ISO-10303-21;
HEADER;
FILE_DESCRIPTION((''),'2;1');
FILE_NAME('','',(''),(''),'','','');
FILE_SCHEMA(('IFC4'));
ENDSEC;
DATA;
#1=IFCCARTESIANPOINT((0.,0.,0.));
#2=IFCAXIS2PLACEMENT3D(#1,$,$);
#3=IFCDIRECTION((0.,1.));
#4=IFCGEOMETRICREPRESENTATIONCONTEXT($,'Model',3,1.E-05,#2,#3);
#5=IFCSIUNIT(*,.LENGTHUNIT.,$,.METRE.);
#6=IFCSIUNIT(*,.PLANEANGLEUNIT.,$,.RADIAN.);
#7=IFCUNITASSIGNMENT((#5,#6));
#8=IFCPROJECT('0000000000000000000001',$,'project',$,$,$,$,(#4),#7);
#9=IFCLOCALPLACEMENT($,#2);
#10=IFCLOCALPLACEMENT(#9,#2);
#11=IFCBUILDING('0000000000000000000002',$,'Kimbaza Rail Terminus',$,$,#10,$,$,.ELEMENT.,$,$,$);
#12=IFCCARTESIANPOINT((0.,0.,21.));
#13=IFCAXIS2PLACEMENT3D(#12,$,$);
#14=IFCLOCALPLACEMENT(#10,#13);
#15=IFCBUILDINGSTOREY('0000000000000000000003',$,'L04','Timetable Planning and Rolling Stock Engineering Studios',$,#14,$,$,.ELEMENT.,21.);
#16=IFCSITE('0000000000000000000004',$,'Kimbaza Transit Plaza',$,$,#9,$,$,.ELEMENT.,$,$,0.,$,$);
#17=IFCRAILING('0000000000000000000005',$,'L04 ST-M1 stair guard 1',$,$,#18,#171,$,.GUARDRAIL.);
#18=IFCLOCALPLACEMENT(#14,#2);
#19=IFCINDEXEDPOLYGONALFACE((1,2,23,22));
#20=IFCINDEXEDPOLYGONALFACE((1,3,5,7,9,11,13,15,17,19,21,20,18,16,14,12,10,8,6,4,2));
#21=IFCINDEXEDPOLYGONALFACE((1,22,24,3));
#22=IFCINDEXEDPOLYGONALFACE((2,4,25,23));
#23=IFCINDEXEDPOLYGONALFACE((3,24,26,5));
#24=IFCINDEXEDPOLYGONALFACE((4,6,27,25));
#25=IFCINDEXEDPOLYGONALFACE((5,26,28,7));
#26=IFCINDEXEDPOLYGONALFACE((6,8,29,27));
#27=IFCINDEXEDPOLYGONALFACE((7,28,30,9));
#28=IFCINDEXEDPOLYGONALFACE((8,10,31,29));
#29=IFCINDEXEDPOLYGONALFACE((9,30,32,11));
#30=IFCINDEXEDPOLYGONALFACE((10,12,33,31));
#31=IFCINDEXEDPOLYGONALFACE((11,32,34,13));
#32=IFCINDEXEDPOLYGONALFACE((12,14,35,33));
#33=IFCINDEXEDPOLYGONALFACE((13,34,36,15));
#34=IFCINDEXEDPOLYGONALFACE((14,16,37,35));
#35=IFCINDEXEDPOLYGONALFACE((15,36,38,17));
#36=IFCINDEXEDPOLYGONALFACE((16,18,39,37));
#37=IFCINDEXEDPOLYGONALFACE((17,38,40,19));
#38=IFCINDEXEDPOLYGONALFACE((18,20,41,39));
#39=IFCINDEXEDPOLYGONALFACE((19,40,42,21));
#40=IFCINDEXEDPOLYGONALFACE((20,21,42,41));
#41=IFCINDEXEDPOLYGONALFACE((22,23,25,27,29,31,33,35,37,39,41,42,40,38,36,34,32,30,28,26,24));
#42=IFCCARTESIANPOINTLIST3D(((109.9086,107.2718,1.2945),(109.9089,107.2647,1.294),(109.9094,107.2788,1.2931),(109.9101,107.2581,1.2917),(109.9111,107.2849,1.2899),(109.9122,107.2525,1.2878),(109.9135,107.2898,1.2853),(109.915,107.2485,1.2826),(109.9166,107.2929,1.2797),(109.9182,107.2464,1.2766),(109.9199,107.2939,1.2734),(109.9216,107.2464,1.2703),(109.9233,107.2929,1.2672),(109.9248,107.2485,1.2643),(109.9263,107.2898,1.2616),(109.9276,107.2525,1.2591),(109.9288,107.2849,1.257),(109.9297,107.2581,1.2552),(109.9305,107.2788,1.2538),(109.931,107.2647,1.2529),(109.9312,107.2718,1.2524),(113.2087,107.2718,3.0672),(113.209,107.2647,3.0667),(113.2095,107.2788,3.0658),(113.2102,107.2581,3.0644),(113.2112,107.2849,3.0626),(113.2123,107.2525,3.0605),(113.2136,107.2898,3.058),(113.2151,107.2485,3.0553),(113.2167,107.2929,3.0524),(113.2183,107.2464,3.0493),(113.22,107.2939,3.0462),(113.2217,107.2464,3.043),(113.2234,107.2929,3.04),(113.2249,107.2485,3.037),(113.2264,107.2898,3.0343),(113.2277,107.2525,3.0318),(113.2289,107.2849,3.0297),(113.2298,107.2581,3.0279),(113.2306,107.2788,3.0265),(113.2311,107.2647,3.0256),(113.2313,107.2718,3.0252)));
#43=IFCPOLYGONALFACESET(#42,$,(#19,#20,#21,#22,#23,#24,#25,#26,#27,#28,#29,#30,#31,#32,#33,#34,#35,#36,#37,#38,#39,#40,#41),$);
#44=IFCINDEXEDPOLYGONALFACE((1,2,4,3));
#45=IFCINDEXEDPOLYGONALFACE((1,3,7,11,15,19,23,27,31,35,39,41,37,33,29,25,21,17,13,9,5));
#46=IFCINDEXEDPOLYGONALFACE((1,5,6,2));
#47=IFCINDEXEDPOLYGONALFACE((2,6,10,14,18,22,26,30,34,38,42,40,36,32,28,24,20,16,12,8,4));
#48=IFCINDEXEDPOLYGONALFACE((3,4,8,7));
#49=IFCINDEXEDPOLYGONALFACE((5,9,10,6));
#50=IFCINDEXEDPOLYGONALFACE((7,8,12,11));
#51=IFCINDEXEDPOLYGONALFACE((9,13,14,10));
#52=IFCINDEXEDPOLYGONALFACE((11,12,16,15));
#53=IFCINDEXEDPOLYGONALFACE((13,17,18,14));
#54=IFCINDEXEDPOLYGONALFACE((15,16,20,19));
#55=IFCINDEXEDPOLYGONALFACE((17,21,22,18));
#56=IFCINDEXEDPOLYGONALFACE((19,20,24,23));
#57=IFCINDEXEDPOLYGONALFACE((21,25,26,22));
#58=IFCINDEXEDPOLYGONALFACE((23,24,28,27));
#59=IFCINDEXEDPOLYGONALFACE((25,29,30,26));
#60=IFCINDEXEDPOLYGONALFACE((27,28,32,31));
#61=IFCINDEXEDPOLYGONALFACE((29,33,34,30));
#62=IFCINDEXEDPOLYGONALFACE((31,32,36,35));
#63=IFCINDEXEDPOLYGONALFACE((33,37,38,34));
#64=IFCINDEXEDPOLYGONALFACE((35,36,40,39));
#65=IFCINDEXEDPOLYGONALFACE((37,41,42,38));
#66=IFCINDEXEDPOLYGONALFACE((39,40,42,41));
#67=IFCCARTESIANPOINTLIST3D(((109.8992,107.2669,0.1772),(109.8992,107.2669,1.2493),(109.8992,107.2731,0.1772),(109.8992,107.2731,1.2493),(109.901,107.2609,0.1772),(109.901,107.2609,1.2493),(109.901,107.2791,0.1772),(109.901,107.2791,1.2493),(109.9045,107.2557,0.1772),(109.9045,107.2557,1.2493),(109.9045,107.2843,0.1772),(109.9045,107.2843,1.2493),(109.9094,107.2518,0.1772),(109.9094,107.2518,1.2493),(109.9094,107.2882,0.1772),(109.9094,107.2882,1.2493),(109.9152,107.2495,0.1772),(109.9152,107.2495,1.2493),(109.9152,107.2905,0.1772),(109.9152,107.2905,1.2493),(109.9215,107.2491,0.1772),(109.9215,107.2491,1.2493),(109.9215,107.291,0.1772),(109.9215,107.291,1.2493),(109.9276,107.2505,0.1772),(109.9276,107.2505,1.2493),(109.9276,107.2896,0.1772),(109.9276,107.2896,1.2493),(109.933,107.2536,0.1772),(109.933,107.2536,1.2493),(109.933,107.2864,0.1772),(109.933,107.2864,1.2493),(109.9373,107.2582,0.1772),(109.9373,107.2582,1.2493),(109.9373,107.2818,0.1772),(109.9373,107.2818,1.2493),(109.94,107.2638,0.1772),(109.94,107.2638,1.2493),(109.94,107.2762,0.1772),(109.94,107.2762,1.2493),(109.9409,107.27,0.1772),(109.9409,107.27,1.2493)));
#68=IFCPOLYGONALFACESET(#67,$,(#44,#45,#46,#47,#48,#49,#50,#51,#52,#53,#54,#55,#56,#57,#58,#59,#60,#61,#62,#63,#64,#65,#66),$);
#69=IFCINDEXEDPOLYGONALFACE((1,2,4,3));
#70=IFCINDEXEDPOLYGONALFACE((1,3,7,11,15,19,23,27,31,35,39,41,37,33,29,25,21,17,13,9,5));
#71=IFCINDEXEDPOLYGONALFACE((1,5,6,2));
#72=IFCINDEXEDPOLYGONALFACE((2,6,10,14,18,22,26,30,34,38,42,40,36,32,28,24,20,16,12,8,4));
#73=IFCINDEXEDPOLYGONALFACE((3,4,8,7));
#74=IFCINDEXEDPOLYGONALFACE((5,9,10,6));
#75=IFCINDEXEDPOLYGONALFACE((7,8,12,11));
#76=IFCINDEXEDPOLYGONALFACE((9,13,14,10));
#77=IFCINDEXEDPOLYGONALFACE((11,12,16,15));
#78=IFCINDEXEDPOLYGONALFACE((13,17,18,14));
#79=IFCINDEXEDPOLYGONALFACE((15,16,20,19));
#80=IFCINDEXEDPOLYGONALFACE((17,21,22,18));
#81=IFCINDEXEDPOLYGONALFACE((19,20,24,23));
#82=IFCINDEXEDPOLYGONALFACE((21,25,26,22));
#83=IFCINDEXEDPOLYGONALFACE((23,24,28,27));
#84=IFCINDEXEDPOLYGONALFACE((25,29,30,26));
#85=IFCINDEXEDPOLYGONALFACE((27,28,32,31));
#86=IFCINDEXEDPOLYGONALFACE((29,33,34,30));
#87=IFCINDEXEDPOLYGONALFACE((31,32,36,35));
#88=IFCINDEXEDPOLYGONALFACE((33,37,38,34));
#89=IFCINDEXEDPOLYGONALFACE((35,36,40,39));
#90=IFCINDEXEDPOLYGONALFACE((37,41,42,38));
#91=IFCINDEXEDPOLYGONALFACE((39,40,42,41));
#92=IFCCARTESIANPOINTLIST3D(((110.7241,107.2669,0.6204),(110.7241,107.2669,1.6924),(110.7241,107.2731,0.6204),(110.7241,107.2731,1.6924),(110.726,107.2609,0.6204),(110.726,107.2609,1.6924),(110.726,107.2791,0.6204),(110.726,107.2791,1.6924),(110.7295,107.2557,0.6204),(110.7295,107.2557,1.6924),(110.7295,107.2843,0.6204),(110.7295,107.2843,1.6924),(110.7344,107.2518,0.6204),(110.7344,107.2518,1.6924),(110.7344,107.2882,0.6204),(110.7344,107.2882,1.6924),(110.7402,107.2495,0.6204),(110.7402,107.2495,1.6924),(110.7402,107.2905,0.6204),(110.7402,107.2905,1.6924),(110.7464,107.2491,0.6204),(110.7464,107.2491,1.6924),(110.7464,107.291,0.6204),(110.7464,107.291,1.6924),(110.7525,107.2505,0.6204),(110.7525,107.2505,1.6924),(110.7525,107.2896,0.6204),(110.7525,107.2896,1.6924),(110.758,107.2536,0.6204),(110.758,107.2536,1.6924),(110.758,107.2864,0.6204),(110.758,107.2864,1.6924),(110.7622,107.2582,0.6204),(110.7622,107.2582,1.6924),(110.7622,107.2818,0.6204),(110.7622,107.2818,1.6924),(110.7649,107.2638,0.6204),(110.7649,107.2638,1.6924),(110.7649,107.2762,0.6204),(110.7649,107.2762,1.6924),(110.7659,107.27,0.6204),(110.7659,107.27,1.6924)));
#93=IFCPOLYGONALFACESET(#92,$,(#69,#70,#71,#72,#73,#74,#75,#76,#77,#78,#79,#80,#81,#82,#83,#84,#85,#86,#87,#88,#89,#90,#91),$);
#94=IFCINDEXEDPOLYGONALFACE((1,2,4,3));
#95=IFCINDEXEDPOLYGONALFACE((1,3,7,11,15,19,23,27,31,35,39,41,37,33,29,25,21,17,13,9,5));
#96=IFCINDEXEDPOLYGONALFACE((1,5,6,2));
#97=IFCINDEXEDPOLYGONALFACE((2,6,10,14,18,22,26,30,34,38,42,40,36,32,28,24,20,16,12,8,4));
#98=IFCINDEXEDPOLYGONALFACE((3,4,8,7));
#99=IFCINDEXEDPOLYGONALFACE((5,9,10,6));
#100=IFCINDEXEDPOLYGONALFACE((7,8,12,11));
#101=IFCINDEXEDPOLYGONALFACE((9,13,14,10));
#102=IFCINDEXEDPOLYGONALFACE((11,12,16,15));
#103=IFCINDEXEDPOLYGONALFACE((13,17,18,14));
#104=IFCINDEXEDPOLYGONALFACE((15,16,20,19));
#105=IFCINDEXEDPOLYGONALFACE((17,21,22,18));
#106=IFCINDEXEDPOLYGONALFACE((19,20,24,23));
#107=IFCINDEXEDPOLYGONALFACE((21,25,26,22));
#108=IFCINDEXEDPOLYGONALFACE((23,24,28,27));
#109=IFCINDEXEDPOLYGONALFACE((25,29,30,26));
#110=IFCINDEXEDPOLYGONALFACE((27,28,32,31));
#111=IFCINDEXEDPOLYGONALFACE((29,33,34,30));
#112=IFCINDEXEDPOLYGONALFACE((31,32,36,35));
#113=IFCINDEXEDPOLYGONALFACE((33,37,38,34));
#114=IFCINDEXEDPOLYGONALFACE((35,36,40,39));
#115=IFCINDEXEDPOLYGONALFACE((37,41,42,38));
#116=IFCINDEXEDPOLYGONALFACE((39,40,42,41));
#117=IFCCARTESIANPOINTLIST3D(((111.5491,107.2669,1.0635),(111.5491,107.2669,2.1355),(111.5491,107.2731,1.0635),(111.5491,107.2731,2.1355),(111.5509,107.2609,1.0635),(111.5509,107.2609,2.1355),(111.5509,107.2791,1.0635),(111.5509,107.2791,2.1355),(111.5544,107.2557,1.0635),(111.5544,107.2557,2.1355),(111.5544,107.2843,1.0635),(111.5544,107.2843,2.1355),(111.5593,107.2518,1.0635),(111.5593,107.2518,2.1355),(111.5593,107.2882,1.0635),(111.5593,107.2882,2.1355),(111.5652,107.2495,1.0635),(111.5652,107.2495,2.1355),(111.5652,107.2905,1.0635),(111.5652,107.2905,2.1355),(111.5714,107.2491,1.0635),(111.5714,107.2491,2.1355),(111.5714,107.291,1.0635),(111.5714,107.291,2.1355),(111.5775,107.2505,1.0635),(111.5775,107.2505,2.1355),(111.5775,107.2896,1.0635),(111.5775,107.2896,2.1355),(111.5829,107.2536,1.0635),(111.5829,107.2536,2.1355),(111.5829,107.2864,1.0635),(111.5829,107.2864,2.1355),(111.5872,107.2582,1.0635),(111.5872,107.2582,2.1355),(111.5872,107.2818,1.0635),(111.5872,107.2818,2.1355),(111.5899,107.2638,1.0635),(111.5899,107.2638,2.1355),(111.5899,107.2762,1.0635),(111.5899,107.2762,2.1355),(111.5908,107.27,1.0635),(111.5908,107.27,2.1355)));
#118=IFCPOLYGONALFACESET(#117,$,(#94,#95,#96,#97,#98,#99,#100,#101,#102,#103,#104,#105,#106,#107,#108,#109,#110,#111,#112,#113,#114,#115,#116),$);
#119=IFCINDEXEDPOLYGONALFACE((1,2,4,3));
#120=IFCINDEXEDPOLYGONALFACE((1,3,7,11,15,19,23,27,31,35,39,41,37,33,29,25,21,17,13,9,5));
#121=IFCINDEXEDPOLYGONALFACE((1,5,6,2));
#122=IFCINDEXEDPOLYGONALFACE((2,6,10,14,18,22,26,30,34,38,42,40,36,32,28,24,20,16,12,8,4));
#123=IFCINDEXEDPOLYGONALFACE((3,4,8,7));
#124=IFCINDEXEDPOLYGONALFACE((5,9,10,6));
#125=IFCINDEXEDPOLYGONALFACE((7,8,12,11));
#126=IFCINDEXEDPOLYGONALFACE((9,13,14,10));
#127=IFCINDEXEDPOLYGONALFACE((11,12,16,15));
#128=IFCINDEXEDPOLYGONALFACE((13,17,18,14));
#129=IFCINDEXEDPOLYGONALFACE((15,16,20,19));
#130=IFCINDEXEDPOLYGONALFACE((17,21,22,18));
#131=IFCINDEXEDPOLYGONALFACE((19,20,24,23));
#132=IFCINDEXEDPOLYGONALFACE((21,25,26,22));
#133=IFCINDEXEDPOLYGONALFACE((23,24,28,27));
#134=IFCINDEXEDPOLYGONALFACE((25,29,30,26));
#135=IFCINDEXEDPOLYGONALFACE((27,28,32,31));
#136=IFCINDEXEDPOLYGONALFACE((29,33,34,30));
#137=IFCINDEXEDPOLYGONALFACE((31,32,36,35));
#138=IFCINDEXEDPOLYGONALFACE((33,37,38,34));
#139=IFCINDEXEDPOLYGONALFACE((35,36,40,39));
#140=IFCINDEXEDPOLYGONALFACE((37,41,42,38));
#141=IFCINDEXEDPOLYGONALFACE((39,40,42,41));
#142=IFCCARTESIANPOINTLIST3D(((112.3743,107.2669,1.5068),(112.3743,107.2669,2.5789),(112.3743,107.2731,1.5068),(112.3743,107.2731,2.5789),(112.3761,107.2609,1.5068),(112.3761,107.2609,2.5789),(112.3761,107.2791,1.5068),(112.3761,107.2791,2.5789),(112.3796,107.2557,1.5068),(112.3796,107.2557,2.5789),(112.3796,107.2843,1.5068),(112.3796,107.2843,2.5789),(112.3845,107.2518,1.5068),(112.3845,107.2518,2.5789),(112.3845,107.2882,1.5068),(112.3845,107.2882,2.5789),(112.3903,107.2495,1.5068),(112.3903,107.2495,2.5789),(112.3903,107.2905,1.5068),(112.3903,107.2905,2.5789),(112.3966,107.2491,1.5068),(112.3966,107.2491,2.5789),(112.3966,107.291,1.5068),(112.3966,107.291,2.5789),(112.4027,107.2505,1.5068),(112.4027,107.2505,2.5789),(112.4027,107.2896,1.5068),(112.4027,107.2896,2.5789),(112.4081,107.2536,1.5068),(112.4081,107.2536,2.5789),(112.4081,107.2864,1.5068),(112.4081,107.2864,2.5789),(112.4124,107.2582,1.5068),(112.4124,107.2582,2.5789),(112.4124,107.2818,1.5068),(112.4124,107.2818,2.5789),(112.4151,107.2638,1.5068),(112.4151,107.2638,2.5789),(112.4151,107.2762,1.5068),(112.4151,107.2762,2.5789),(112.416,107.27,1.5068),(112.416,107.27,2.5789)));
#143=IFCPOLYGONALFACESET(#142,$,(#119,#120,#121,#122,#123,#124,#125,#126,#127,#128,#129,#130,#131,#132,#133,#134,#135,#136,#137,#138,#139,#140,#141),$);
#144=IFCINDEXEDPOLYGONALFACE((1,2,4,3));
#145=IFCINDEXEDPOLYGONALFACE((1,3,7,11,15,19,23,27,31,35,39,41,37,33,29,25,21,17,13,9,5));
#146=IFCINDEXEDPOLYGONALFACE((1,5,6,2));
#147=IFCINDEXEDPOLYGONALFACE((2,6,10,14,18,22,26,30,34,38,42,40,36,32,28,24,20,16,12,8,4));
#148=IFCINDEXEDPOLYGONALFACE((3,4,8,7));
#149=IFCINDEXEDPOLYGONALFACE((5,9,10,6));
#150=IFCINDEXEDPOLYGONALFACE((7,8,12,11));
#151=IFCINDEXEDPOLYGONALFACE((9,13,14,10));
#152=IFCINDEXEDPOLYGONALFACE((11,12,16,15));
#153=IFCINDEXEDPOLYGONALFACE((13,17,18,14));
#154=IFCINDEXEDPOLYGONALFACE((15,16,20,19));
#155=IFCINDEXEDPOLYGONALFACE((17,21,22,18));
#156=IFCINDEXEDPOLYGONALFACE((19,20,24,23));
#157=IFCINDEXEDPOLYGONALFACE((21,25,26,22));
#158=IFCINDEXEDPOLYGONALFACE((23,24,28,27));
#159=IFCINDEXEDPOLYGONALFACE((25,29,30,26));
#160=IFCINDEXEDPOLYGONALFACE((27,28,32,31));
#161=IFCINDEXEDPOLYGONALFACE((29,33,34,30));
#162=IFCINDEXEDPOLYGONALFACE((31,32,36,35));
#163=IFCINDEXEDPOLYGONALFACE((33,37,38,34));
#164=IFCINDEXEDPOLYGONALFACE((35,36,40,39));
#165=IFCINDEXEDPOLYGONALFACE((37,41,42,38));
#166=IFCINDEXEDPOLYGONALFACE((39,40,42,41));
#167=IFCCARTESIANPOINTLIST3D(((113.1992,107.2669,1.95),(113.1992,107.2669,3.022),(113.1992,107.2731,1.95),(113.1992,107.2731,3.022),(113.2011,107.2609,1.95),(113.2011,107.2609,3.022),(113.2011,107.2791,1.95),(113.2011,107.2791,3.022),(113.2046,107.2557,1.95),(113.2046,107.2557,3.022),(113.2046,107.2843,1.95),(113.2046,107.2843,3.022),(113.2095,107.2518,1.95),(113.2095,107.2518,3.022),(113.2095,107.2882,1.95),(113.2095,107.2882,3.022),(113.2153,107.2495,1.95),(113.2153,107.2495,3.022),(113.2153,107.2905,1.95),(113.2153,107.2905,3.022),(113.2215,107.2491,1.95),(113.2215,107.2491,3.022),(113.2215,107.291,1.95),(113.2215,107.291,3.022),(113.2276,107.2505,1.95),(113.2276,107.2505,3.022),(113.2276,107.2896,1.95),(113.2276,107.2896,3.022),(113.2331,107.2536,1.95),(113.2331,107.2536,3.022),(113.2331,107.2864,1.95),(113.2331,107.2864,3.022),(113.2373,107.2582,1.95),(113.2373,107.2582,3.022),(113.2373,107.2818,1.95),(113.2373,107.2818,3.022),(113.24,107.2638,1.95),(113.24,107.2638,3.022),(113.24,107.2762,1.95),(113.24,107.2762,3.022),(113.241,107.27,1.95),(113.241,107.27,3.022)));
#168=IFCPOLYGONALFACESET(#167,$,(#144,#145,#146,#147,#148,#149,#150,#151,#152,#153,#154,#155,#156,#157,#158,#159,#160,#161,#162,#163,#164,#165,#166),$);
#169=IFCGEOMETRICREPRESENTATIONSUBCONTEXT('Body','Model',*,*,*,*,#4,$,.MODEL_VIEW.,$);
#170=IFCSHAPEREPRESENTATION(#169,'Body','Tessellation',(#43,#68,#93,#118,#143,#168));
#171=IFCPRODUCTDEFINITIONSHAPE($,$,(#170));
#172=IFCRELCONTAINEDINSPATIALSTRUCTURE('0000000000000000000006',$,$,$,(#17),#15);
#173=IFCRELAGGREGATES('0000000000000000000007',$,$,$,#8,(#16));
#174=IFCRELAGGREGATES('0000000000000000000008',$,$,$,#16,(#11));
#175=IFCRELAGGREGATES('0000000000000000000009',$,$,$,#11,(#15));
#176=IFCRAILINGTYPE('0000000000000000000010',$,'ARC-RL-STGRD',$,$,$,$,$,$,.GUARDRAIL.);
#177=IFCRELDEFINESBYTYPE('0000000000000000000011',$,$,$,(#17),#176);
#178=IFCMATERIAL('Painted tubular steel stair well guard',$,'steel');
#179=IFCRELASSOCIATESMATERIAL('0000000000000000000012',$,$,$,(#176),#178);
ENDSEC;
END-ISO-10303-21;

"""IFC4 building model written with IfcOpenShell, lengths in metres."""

from ifc_helpers import new_model, si_unit, direction, frame, origin, origin_2d, place, context, subcontext, project, spatial, circle, extrude, material, type_object, element, save


model = new_model("IFC4")

# Units and contexts
model_context = context("Model", 3, precision=1e-05, world=origin(), true_north=direction((0.0, 1.0)))
body_context = subcontext(model_context, "Body", "Model", "MODEL_VIEW")
ifc_project = project(units=[si_unit("LENGTHUNIT", "METRE"), si_unit("PLANEANGLEUNIT", "RADIAN")], contexts=[model_context])

# Site, building, storey
site_placement = place(None, origin())
site = spatial("IfcSite", under=ifc_project, at=site_placement, Name="Kimbaza Transit Plaza", CompositionType="ELEMENT", RefElevation=0.0)
building_placement = place(site_placement, origin())
building = spatial("IfcBuilding", under=site, at=building_placement, Name="Kimbaza Rail Terminus", CompositionType="ELEMENT")
storey_placement = place(building_placement, frame((0.0, 0.0, 21.0)))
storey = spatial("IfcBuildingStorey", under=building, at=storey_placement, Name="L04", Description="Timetable Planning and Rolling Stock Engineering Studios", CompositionType="ELEMENT", Elevation=21.0)

# Railing
ifc_material_1 = material(Name="Painted tubular steel stair well guard", Category="steel")
railing_type_1 = type_object("IfcRailingType", Name="ARC-RL-STGRD", PredefinedType="GUARDRAIL", material=ifc_material_1)
railing_1_placement = place(storey_placement, frame((109.9199, 107.27, 0.1772)))
element("IfcRailing", 1, at=railing_1_placement, inside=storey, type_object=railing_type_1, Name="L04 ST-M1 stair guard 1", PredefinedType="GUARDRAIL", context=body_context, shape_type="SweptSolid", body=[
    extrude(circle(Radius=0.0239, at=origin_2d()), frame((0.0, 0.0, 1.0962), z_axis=(0.880944, 0.0, 0.473221), x_axis=(0.0, 1.0, 0.0)), (0.0, 0.0, 1.0), 3.7461),
    extrude(circle(Radius=0.021, at=origin_2d()), origin(), (0.0, 0.0, 1.0), 1.072),
    extrude(circle(Radius=0.021, at=origin_2d()), frame((0.825, 0.0, 0.4431)), (0.0, 0.0, 1.0), 1.072),
    extrude(circle(Radius=0.021, at=origin_2d()), frame((1.6499, 0.0, 0.8862)), (0.0, 0.0, 1.0), 1.072),
    extrude(circle(Radius=0.021, at=origin_2d()), frame((2.4751, 0.0, 1.3296)), (0.0, 0.0, 1.0), 1.072),
    extrude(circle(Radius=0.021, at=origin_2d()), frame((3.3, 0.0, 1.7727)), (0.0, 0.0, 1.0), 1.072),
])

save(model, "model.ifc")
